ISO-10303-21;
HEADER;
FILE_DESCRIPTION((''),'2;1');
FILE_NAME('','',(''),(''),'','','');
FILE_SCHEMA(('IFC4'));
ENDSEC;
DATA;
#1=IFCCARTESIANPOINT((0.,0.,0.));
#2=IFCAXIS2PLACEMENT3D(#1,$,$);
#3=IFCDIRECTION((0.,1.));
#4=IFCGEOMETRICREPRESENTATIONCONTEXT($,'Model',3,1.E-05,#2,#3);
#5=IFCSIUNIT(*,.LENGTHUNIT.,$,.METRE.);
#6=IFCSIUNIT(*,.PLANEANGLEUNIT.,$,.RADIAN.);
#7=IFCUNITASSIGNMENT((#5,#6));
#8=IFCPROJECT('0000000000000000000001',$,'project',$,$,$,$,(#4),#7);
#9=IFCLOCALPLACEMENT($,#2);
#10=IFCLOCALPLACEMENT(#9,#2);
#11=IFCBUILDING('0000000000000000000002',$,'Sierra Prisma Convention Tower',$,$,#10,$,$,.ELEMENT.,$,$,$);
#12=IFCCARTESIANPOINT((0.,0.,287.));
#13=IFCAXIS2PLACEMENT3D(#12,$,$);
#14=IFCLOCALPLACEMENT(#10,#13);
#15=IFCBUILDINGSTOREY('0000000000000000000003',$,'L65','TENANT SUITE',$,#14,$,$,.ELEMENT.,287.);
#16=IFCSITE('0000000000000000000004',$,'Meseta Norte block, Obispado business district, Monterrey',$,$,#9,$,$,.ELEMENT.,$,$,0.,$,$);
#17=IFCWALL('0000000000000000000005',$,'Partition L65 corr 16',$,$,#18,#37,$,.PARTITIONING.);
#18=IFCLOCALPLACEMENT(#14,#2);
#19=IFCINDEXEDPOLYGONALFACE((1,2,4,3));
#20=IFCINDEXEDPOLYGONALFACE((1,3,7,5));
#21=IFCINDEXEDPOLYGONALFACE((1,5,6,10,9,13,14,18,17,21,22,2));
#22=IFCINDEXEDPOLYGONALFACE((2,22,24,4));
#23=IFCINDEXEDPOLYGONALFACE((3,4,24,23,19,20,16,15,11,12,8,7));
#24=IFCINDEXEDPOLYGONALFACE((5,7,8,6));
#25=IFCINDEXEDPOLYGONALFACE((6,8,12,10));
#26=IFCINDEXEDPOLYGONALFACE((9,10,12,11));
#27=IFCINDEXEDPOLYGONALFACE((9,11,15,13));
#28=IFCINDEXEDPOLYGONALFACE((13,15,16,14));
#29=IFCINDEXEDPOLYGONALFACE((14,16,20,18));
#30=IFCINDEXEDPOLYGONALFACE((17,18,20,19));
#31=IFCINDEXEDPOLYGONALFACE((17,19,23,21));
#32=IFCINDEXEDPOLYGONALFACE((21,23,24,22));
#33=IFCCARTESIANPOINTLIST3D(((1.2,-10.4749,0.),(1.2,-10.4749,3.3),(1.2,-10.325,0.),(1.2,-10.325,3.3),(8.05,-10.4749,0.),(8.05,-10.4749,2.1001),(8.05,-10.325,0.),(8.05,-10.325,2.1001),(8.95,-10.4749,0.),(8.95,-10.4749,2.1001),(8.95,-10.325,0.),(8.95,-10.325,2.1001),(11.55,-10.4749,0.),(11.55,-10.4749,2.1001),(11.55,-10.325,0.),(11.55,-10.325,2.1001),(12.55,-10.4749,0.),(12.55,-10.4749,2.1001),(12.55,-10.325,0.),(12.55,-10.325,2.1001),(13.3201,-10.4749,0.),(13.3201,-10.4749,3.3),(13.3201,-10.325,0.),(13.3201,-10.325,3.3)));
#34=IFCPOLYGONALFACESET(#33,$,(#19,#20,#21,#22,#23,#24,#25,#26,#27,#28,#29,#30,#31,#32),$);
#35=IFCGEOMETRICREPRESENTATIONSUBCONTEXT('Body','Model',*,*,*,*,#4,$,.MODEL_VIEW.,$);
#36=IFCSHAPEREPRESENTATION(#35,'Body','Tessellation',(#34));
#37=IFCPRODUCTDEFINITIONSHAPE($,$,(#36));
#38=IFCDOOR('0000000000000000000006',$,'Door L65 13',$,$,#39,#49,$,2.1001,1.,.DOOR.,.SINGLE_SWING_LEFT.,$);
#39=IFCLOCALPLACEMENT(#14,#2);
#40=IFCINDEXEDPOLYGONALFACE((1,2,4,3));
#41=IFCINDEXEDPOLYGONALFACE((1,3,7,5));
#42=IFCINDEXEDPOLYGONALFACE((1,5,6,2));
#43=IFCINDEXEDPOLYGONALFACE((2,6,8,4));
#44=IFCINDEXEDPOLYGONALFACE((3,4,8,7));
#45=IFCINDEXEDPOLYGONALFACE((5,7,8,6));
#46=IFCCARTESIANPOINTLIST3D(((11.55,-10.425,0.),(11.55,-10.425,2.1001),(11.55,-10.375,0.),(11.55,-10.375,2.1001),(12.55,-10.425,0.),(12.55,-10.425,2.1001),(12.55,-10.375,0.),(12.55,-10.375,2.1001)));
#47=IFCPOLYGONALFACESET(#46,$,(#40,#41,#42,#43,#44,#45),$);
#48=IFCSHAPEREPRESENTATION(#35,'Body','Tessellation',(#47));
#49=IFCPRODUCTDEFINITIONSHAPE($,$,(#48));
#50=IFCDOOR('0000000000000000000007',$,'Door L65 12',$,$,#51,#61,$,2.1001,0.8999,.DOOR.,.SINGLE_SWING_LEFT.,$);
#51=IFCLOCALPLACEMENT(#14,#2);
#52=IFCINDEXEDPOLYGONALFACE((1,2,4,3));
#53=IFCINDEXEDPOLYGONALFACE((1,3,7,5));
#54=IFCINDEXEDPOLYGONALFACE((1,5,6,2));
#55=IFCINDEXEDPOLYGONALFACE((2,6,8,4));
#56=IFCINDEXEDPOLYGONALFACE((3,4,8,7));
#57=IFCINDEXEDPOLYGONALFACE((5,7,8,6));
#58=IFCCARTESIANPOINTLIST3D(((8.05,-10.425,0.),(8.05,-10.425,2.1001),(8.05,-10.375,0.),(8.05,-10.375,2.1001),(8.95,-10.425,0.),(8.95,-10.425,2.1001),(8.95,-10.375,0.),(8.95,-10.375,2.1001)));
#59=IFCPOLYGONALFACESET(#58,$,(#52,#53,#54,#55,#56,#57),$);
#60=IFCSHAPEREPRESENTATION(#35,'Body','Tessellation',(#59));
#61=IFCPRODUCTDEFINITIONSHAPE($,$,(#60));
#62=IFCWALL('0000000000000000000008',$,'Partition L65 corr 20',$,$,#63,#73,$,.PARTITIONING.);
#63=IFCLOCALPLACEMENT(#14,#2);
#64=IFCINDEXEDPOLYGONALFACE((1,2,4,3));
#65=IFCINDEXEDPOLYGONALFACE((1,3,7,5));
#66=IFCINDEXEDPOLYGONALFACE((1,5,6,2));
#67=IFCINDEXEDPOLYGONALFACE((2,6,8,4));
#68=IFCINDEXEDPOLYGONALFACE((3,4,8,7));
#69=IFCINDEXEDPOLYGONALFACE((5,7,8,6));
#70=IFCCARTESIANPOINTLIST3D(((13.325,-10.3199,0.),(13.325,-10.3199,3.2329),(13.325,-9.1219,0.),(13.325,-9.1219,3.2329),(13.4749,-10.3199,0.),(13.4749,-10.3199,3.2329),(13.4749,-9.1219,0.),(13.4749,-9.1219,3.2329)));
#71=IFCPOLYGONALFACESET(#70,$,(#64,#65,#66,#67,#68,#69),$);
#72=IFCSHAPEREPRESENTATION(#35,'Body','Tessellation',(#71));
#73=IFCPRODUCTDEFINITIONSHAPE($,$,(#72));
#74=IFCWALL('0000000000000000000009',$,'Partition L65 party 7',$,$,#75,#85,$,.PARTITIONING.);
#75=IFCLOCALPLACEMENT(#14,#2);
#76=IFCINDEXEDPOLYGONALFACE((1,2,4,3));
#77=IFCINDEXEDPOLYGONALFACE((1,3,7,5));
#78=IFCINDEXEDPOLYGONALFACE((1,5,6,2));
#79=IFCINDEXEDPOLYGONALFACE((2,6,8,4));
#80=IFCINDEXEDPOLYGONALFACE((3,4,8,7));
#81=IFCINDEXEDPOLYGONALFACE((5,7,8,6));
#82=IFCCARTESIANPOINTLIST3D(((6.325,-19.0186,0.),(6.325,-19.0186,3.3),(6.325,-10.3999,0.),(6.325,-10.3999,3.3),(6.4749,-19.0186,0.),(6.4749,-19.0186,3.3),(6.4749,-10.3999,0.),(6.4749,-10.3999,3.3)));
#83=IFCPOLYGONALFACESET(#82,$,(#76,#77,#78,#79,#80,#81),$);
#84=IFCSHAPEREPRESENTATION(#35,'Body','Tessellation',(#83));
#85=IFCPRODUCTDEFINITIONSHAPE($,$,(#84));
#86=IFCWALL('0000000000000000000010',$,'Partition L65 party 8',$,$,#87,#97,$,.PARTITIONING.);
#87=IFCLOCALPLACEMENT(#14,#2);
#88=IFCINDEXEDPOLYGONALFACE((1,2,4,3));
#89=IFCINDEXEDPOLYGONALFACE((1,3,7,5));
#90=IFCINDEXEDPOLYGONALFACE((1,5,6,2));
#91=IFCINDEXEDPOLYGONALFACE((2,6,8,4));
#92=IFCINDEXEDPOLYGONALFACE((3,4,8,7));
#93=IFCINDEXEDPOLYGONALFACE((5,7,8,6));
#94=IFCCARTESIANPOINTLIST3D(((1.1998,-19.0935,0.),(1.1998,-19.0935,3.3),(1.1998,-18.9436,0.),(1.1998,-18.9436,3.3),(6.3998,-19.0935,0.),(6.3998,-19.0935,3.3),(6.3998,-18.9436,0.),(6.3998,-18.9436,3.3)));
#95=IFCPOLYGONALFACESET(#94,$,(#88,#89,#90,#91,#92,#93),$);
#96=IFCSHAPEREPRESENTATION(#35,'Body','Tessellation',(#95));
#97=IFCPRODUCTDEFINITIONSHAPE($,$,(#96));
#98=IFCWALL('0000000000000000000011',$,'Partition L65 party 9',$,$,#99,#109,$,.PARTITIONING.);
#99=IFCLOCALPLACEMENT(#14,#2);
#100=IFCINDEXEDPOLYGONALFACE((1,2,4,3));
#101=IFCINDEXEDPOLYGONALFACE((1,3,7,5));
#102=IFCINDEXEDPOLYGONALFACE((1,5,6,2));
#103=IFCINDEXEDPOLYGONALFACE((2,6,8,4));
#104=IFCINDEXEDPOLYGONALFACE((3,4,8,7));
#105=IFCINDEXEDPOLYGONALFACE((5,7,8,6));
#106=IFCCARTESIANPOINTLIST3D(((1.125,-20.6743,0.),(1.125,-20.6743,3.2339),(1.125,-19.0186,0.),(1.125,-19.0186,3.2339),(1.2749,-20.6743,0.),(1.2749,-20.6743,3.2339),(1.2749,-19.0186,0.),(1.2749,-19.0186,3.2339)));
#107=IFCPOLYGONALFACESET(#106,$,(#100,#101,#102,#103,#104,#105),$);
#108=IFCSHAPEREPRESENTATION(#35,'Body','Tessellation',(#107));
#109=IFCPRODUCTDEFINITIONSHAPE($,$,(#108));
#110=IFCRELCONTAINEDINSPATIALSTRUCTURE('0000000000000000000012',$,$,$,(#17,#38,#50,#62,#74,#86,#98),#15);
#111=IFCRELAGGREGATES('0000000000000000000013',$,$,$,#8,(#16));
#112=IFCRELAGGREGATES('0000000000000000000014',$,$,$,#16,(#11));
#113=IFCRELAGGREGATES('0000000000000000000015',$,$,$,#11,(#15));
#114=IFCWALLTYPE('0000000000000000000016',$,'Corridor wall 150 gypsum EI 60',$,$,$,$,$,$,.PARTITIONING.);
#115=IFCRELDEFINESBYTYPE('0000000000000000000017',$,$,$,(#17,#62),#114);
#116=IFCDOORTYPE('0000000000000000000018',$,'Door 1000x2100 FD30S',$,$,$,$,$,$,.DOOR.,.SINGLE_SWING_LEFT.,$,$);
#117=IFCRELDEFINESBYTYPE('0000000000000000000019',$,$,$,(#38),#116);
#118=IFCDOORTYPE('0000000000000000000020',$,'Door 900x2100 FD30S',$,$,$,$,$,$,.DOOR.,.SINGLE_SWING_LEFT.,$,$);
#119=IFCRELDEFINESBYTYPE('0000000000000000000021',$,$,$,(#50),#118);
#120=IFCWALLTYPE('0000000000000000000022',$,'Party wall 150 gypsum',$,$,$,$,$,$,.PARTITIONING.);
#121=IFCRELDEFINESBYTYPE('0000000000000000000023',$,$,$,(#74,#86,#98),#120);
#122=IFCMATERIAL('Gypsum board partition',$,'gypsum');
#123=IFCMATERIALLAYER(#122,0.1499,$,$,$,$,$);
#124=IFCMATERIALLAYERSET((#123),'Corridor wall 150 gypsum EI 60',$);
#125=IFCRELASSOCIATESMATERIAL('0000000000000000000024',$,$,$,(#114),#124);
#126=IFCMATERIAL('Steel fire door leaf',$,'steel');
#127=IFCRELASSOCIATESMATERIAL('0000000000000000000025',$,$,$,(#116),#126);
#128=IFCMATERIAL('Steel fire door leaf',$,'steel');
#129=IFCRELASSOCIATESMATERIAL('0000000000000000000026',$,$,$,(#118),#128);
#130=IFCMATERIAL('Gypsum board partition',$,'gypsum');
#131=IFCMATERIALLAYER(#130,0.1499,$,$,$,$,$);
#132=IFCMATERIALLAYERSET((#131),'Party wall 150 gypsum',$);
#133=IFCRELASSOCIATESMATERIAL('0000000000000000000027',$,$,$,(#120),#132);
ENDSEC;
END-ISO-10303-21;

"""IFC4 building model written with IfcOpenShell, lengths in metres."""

from ifc_helpers import new_model, si_unit, direction, frame, frame_2d, origin, place, context, subcontext, project, spatial, rectangle, extrude, material, layer, layer_set, type_object, element, fill, save


model = new_model("IFC4")

# Units and contexts
model_context = context("Model", 3, precision=1e-05, world=origin(), true_north=direction((0.0, 1.0)))
body_context = subcontext(model_context, "Body", "Model", "MODEL_VIEW")
ifc_project = project(units=[si_unit("LENGTHUNIT", "METRE"), si_unit("PLANEANGLEUNIT", "RADIAN")], contexts=[model_context])

# Site, building, storey
site_placement = place(None, origin())
site = spatial("IfcSite", under=ifc_project, at=site_placement, Name="Meseta Norte block, Obispado business district, Monterrey", CompositionType="ELEMENT", RefElevation=0.0)
building_placement = place(site_placement, origin())
building = spatial("IfcBuilding", under=site, at=building_placement, Name="Sierra Prisma Convention Tower", CompositionType="ELEMENT")
storey_placement = place(building_placement, frame((0.0, 0.0, 287.0)))
storey = spatial("IfcBuildingStorey", under=building, at=storey_placement, Name="L65", Description="TENANT SUITE", CompositionType="ELEMENT", Elevation=287.0)

# Shared definitions
ifc_material_1 = material(Name="Gypsum board partition", Category="gypsum")
ifc_layer_1 = layer(ifc_material_1, 0.1499)
ifc_layer_set_1 = layer_set([ifc_layer_1], Name="Corridor wall 150 gypsum EI 60")
wall_type_1 = type_object("IfcWallType", Name="Corridor wall 150 gypsum EI 60", PredefinedType="PARTITIONING", material=ifc_layer_set_1)
ifc_material_2 = material(Name="Steel fire door leaf", Category="steel")
door_type_1 = type_object("IfcDoorType", Name="Door 1000x2100 FD30S", OperationType="SINGLE_SWING_LEFT", PredefinedType="DOOR", material=ifc_material_2)

# Wall, openings, doors
wall_1_placement = place(storey_placement, frame((1.2, -10.3999, 0.0), z_axis=(0.0, 0.0, 1.0), x_axis=(1.0, 0.0, 0.0)))
wall_1 = element("IfcWall", 1, at=wall_1_placement, inside=storey, type_object=wall_type_1, Name="Partition L65 corr 16", PredefinedType="PARTITIONING", context=body_context, shape_type="SweptSolid", body=[
    extrude(rectangle(XDim=12.1201, YDim=0.1499, at=frame_2d((6.0601, 0.0))), origin(), (0.0, 0.0, 1.0), 3.3),
])
opening_1_placement = place(wall_1_placement, frame((6.8501, 0.0, 0.0)))
opening_1 = element("IfcOpeningElement", 2, at=opening_1_placement, cuts=wall_1, PredefinedType="OPENING", context=body_context, shape_type="SweptSolid", body=[
    extrude(rectangle(XDim=0.8999, YDim=2.1001, at=frame_2d((0.45, 1.05))), frame((0.0, 0.075, 0.0), z_axis=(0.0, -1.0, 0.0), x_axis=(1.0, 0.0, 0.0)), (0.0, 0.0, 1.0), 0.1499),
])
opening_2_placement = place(wall_1_placement, frame((10.3501, 0.0, 0.0)))
opening_2 = element("IfcOpeningElement", 3, at=opening_2_placement, cuts=wall_1, PredefinedType="OPENING", context=body_context, shape_type="SweptSolid", body=[
    extrude(rectangle(XDim=1.0, YDim=2.1001, at=frame_2d((0.5, 1.05))), frame((0.0, 0.075, 0.0), z_axis=(0.0, -1.0, 0.0), x_axis=(1.0, 0.0, 0.0)), (0.0, 0.0, 1.0), 0.1499),
])
door_1_placement = place(opening_2_placement, origin())
door_1 = element("IfcDoor", 4, at=door_1_placement, inside=storey, type_object=door_type_1, Name="Door L65 13", OperationType="SINGLE_SWING_LEFT", OverallHeight=2.1001, OverallWidth=1.0, PredefinedType="DOOR", context=body_context, shape_type="SweptSolid", body=[
    extrude(rectangle(XDim=1.0, YDim=2.1001, at=frame_2d((0.5, 1.05))), frame((0.0, 0.0249, 0.0), z_axis=(0.0, -1.0, 0.0), x_axis=(1.0, 0.0, 0.0)), (0.0, 0.0, 1.0), 0.05),
])
fill(opening_2, door_1)
ifc_material_3 = material(Name="Steel fire door leaf", Category="steel")
door_type_2 = type_object("IfcDoorType", Name="Door 900x2100 FD30S", OperationType="SINGLE_SWING_LEFT", PredefinedType="DOOR", material=ifc_material_3)
door_2_placement = place(opening_1_placement, origin())
door_2 = element("IfcDoor", 5, at=door_2_placement, inside=storey, type_object=door_type_2, Name="Door L65 12", OperationType="SINGLE_SWING_LEFT", OverallHeight=2.1001, OverallWidth=0.8999, PredefinedType="DOOR", context=body_context, shape_type="SweptSolid", body=[
    extrude(rectangle(XDim=0.8999, YDim=2.1001, at=frame_2d((0.45, 1.05))), frame((0.0, 0.0249, 0.0), z_axis=(0.0, -1.0, 0.0), x_axis=(1.0, 0.0, 0.0)), (0.0, 0.0, 1.0), 0.05),
])
fill(opening_1, door_2)

# Walls
wall_2_placement = place(storey_placement, frame((13.3999, -10.3201, 0.0), z_axis=(0.0, 0.0, 1.0), x_axis=(0.0, 1.0, 0.0)))
element("IfcWall", 6, at=wall_2_placement, inside=storey, type_object=wall_type_1, Name="Partition L65 corr 20", PredefinedType="PARTITIONING", context=body_context, shape_type="SweptSolid", body=[
    extrude(rectangle(XDim=1.198, YDim=0.1499, at=frame_2d((0.5991, 0.0))), origin(), (0.0, 0.0, 1.0), 3.2329),
])
ifc_material_4 = material(Name="Gypsum board partition", Category="gypsum")
ifc_layer_2 = layer(ifc_material_4, 0.1499)
ifc_layer_set_2 = layer_set([ifc_layer_2], Name="Party wall 150 gypsum")
wall_type_2 = type_object("IfcWallType", Name="Party wall 150 gypsum", PredefinedType="PARTITIONING", material=ifc_layer_set_2)
wall_3_placement = place(storey_placement, frame((6.3999, -10.3999, 0.0), z_axis=(0.0, 0.0, 1.0), x_axis=(0.0, -1.0, 0.0)))
element("IfcWall", 7, at=wall_3_placement, inside=storey, type_object=wall_type_2, Name="Partition L65 party 7", PredefinedType="PARTITIONING", context=body_context, shape_type="SweptSolid", body=[
    extrude(rectangle(XDim=8.6187, YDim=0.1499, at=frame_2d((4.3093, 0.0))), origin(), (0.0, 0.0, 1.0), 3.3),
])
wall_4_placement = place(storey_placement, frame((6.3999, -19.0186, 0.0), z_axis=(0.0, 0.0, 1.0), x_axis=(-1.0, 0.0, 0.0)))
element("IfcWall", 8, at=wall_4_placement, inside=storey, type_object=wall_type_2, Name="Partition L65 party 8", PredefinedType="PARTITIONING", context=body_context, shape_type="SweptSolid", body=[
    extrude(rectangle(XDim=5.2, YDim=0.1499, at=frame_2d((2.6001, 0.0))), origin(), (0.0, 0.0, 1.0), 3.3),
])
wall_5_placement = place(storey_placement, frame((1.2, -19.0186, 0.0), z_axis=(0.0, 0.0, 1.0), x_axis=(0.0, -1.0, 0.0)))
element("IfcWall", 9, at=wall_5_placement, inside=storey, type_object=wall_type_2, Name="Partition L65 party 9", PredefinedType="PARTITIONING", context=body_context, shape_type="SweptSolid", body=[
    extrude(rectangle(XDim=1.6558, YDim=0.1499, at=frame_2d((0.8279, 0.0))), origin(), (0.0, 0.0, 1.0), 3.2339),
])

save(model, "model.ifc")
